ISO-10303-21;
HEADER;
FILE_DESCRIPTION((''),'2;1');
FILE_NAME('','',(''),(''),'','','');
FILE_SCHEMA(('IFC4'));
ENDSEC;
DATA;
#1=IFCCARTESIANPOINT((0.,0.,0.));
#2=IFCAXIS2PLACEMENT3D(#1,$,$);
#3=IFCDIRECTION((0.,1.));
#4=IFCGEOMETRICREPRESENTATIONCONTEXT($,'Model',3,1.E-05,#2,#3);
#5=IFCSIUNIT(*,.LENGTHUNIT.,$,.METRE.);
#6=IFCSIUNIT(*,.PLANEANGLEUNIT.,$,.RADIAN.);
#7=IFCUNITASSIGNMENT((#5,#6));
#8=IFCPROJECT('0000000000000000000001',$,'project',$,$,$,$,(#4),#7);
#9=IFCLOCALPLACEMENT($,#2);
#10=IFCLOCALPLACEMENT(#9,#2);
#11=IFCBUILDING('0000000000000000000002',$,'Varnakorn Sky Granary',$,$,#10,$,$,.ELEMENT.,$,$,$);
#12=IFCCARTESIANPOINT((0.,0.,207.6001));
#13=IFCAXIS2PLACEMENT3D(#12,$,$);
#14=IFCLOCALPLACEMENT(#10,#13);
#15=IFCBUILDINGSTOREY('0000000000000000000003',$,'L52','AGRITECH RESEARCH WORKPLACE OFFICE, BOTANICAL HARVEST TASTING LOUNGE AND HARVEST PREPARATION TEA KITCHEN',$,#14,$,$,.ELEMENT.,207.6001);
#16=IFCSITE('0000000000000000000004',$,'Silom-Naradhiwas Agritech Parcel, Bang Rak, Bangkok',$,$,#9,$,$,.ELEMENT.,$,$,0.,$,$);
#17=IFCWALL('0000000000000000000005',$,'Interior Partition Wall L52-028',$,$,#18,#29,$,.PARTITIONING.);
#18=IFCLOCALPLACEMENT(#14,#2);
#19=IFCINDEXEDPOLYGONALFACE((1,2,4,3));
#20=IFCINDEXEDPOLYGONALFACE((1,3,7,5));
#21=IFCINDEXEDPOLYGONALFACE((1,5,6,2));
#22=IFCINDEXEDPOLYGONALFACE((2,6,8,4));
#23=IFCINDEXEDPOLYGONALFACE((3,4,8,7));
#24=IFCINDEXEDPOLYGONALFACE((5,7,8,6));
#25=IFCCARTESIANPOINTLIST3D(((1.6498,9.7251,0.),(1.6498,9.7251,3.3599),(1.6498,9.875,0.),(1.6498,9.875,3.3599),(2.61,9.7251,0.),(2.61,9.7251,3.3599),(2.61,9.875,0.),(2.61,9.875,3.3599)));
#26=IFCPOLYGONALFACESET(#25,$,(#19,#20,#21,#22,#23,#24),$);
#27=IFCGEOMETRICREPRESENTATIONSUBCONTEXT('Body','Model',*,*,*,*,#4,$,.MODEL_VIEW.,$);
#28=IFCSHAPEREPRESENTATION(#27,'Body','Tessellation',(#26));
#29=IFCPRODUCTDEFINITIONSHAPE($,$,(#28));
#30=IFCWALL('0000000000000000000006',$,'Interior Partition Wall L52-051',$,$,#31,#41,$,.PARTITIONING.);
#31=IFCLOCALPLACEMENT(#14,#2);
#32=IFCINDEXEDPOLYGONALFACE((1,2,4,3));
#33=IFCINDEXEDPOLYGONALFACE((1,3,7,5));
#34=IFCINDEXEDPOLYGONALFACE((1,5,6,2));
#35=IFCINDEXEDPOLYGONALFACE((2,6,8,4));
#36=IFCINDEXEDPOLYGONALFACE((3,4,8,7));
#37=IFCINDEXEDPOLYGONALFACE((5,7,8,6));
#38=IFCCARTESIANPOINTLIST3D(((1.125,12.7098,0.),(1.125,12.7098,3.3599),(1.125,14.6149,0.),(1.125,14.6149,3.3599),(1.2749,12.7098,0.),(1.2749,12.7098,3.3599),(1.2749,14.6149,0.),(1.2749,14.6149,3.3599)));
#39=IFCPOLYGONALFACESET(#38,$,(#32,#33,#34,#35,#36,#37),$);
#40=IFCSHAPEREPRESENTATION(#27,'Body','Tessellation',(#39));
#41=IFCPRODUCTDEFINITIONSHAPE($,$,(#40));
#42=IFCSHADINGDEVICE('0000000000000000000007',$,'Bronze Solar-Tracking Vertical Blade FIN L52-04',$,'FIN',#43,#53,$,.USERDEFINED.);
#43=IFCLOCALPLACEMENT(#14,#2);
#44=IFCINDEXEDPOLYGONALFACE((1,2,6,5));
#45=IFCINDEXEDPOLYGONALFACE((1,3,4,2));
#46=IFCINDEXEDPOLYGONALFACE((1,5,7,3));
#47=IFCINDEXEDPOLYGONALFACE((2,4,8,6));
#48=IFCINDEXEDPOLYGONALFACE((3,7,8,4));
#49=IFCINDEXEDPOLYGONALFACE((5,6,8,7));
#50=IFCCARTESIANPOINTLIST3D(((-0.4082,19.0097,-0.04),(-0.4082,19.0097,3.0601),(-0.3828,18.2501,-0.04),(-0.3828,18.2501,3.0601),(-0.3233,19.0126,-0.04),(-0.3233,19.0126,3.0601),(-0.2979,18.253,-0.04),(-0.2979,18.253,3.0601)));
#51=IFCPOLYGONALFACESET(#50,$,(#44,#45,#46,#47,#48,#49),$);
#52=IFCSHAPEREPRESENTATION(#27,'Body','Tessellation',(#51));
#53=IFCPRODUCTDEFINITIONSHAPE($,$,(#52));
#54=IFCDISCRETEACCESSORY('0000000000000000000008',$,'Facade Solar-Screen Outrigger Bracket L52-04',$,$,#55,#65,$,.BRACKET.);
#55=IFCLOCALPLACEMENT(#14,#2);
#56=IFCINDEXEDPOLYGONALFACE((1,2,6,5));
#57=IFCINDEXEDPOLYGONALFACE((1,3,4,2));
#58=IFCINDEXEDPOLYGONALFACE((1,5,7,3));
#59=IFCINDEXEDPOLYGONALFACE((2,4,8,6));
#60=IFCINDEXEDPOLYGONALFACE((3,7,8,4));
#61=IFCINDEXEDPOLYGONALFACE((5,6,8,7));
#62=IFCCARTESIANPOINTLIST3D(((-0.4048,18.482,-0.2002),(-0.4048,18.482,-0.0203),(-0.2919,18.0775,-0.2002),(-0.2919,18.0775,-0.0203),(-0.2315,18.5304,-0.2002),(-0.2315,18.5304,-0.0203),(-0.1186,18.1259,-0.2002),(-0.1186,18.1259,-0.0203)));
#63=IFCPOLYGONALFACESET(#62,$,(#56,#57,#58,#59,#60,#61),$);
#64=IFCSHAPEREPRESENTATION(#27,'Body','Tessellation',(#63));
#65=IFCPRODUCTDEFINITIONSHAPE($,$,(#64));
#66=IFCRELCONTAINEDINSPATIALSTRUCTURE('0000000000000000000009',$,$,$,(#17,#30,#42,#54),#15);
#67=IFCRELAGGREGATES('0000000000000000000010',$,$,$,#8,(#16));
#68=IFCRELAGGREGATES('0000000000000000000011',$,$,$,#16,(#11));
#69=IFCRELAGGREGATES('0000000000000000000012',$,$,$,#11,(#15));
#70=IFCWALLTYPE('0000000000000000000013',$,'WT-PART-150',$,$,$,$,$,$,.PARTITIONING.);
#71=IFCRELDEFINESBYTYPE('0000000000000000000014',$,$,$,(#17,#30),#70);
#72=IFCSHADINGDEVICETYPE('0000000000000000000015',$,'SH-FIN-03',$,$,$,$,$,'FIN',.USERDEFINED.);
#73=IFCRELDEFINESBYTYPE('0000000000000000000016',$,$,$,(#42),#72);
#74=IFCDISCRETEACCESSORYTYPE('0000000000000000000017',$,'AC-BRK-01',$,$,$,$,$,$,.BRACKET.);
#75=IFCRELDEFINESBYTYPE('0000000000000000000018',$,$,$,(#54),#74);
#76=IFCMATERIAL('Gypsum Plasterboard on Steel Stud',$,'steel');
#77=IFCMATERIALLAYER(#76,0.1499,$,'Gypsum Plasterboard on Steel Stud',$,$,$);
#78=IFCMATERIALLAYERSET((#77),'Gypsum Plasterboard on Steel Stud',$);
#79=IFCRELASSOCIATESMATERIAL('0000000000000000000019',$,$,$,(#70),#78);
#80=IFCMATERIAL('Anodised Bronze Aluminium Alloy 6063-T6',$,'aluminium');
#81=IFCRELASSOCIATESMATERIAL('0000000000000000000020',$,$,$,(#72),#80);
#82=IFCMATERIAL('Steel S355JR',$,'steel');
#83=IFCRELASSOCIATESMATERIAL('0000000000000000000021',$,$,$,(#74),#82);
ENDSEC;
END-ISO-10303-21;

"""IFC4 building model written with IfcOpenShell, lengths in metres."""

from ifc_helpers import new_model, si_unit, direction, frame, frame_2d, origin, origin_2d, place, context, subcontext, project, spatial, rectangle, extrude, source, transform, mapped, material, layer, layer_set, type_object, type_shapes, element, save


model = new_model("IFC4")

# Units and contexts
model_context = context("Model", 3, precision=1e-05, world=origin(), true_north=direction((0.0, 1.0)))
body_context = subcontext(model_context, "Body", "Model", "MODEL_VIEW")
ifc_project = project(units=[si_unit("LENGTHUNIT", "METRE"), si_unit("PLANEANGLEUNIT", "RADIAN")], contexts=[model_context])

# Site, building, storey
site_placement = place(None, origin())
site = spatial("IfcSite", under=ifc_project, at=site_placement, Name="Silom-Naradhiwas Agritech Parcel, Bang Rak, Bangkok", CompositionType="ELEMENT", RefElevation=0.0)
building_placement = place(site_placement, origin())
building = spatial("IfcBuilding", under=site, at=building_placement, Name="Varnakorn Sky Granary", CompositionType="ELEMENT")
storey_placement = place(building_placement, frame((0.0, 0.0, 207.6001)))
storey = spatial("IfcBuildingStorey", under=building, at=storey_placement, Name="L52", Description="AGRITECH RESEARCH WORKPLACE OFFICE, BOTANICAL HARVEST TASTING LOUNGE AND HARVEST PREPARATION TEA KITCHEN", CompositionType="ELEMENT", Elevation=207.6001)

# Shared definitions
ifc_material_1 = material(Name="Steel S355JR", Category="steel")

# Shared definitions
ifc_material_2 = material(Name="Anodised Bronze Aluminium Alloy 6063-T6", Category="aluminium")

# Walls
ifc_material_3 = material(Name="Gypsum Plasterboard on Steel Stud", Category="steel")
ifc_layer_1 = layer(ifc_material_3, 0.1499, Name="Gypsum Plasterboard on Steel Stud")
ifc_layer_set_1 = layer_set([ifc_layer_1], Name="Gypsum Plasterboard on Steel Stud")
wall_type_1 = type_object("IfcWallType", Name="WT-PART-150", PredefinedType="PARTITIONING", material=ifc_layer_set_1)
wall_1_placement = place(storey_placement, frame((1.6499, 9.8, 0.0), z_axis=(0.0, 0.0, 1.0), x_axis=(1.0, 0.0, 0.0)))
element("IfcWall", 1, at=wall_1_placement, inside=storey, type_object=wall_type_1, Name="Interior Partition Wall L52-028", PredefinedType="PARTITIONING", context=body_context, shape_type="SweptSolid", body=[
    extrude(rectangle(XDim=0.9602, YDim=0.1499, at=frame_2d((0.48, 0.0))), origin(), (0.0, 0.0, 1.0), 3.3599),
])
wall_2_placement = place(storey_placement, frame((1.2, 14.615, 0.0), z_axis=(0.0, 0.0, 1.0), x_axis=(0.0, -1.0, 0.0)))
element("IfcWall", 2, at=wall_2_placement, inside=storey, type_object=wall_type_1, Name="Interior Partition Wall L52-051", PredefinedType="PARTITIONING", context=body_context, shape_type="SweptSolid", body=[
    extrude(rectangle(XDim=1.905, YDim=0.1499, at=frame_2d((0.9526, 0.0))), origin(), (0.0, 0.0, 1.0), 3.3599),
])

# Shading device
shading_device_type = type_object("IfcShadingDeviceType", Name="SH-FIN-03", ElementType="FIN", PredefinedType="USERDEFINED", material=ifc_material_2)
shared_shape_1 = source(origin(), body_context, "Body", "SweptSolid", [
    extrude(rectangle(XDim=0.085, YDim=0.76, at=origin_2d()), origin(), (0.0, 0.0, 1.0), 3.1001),
])
type_shapes(shading_device_type, [shared_shape_1])
shading_device_placement = place(storey_placement, frame((-0.353, 18.6313, -0.04), z_axis=(0.0, 0.0, 1.0), x_axis=(-0.99944, -0.033469, 0.0)))
element("IfcShadingDevice", 3, at=shading_device_placement, inside=storey, type_object=shading_device_type, Name="Bronze Solar-Tracking Vertical Blade FIN L52-04", ObjectType="FIN", PredefinedType="USERDEFINED", context=body_context, shape_type="MappedRepresentation", body=[
    mapped(shared_shape_1, transform((0.0, 0.0, 0.0), x_axis=(1.0, 0.0, 0.0), y_axis=(0.0, 1.0, 0.0), z_axis=(0.0, 0.0, 1.0), scale=1.0)),
])

# Discrete accessory
discrete_accessory_type = type_object("IfcDiscreteAccessoryType", Name="AC-BRK-01", PredefinedType="BRACKET", material=ifc_material_1)
shared_shape_2 = source(origin(), body_context, "Body", "SweptSolid", [
    extrude(rectangle(XDim=0.1799, YDim=0.4199, at=origin_2d()), origin(), (0.0, 0.0, 1.0), 0.1799),
])
type_shapes(discrete_accessory_type, [shared_shape_2])
discrete_accessory_placement = place(storey_placement, frame((-0.2617, 18.304, -0.2002), z_axis=(0.0, 0.0, 1.0), x_axis=(-0.963149, -0.268969, 0.0)))
element("IfcDiscreteAccessory", 4, at=discrete_accessory_placement, inside=storey, type_object=discrete_accessory_type, Name="Facade Solar-Screen Outrigger Bracket L52-04", PredefinedType="BRACKET", context=body_context, shape_type="MappedRepresentation", body=[
    mapped(shared_shape_2, transform((0.0, 0.0, 0.0), x_axis=(1.0, 0.0, 0.0), y_axis=(0.0, 1.0, 0.0), z_axis=(0.0, 0.0, 1.0), scale=1.0)),
])

save(model, "model.ifc")
